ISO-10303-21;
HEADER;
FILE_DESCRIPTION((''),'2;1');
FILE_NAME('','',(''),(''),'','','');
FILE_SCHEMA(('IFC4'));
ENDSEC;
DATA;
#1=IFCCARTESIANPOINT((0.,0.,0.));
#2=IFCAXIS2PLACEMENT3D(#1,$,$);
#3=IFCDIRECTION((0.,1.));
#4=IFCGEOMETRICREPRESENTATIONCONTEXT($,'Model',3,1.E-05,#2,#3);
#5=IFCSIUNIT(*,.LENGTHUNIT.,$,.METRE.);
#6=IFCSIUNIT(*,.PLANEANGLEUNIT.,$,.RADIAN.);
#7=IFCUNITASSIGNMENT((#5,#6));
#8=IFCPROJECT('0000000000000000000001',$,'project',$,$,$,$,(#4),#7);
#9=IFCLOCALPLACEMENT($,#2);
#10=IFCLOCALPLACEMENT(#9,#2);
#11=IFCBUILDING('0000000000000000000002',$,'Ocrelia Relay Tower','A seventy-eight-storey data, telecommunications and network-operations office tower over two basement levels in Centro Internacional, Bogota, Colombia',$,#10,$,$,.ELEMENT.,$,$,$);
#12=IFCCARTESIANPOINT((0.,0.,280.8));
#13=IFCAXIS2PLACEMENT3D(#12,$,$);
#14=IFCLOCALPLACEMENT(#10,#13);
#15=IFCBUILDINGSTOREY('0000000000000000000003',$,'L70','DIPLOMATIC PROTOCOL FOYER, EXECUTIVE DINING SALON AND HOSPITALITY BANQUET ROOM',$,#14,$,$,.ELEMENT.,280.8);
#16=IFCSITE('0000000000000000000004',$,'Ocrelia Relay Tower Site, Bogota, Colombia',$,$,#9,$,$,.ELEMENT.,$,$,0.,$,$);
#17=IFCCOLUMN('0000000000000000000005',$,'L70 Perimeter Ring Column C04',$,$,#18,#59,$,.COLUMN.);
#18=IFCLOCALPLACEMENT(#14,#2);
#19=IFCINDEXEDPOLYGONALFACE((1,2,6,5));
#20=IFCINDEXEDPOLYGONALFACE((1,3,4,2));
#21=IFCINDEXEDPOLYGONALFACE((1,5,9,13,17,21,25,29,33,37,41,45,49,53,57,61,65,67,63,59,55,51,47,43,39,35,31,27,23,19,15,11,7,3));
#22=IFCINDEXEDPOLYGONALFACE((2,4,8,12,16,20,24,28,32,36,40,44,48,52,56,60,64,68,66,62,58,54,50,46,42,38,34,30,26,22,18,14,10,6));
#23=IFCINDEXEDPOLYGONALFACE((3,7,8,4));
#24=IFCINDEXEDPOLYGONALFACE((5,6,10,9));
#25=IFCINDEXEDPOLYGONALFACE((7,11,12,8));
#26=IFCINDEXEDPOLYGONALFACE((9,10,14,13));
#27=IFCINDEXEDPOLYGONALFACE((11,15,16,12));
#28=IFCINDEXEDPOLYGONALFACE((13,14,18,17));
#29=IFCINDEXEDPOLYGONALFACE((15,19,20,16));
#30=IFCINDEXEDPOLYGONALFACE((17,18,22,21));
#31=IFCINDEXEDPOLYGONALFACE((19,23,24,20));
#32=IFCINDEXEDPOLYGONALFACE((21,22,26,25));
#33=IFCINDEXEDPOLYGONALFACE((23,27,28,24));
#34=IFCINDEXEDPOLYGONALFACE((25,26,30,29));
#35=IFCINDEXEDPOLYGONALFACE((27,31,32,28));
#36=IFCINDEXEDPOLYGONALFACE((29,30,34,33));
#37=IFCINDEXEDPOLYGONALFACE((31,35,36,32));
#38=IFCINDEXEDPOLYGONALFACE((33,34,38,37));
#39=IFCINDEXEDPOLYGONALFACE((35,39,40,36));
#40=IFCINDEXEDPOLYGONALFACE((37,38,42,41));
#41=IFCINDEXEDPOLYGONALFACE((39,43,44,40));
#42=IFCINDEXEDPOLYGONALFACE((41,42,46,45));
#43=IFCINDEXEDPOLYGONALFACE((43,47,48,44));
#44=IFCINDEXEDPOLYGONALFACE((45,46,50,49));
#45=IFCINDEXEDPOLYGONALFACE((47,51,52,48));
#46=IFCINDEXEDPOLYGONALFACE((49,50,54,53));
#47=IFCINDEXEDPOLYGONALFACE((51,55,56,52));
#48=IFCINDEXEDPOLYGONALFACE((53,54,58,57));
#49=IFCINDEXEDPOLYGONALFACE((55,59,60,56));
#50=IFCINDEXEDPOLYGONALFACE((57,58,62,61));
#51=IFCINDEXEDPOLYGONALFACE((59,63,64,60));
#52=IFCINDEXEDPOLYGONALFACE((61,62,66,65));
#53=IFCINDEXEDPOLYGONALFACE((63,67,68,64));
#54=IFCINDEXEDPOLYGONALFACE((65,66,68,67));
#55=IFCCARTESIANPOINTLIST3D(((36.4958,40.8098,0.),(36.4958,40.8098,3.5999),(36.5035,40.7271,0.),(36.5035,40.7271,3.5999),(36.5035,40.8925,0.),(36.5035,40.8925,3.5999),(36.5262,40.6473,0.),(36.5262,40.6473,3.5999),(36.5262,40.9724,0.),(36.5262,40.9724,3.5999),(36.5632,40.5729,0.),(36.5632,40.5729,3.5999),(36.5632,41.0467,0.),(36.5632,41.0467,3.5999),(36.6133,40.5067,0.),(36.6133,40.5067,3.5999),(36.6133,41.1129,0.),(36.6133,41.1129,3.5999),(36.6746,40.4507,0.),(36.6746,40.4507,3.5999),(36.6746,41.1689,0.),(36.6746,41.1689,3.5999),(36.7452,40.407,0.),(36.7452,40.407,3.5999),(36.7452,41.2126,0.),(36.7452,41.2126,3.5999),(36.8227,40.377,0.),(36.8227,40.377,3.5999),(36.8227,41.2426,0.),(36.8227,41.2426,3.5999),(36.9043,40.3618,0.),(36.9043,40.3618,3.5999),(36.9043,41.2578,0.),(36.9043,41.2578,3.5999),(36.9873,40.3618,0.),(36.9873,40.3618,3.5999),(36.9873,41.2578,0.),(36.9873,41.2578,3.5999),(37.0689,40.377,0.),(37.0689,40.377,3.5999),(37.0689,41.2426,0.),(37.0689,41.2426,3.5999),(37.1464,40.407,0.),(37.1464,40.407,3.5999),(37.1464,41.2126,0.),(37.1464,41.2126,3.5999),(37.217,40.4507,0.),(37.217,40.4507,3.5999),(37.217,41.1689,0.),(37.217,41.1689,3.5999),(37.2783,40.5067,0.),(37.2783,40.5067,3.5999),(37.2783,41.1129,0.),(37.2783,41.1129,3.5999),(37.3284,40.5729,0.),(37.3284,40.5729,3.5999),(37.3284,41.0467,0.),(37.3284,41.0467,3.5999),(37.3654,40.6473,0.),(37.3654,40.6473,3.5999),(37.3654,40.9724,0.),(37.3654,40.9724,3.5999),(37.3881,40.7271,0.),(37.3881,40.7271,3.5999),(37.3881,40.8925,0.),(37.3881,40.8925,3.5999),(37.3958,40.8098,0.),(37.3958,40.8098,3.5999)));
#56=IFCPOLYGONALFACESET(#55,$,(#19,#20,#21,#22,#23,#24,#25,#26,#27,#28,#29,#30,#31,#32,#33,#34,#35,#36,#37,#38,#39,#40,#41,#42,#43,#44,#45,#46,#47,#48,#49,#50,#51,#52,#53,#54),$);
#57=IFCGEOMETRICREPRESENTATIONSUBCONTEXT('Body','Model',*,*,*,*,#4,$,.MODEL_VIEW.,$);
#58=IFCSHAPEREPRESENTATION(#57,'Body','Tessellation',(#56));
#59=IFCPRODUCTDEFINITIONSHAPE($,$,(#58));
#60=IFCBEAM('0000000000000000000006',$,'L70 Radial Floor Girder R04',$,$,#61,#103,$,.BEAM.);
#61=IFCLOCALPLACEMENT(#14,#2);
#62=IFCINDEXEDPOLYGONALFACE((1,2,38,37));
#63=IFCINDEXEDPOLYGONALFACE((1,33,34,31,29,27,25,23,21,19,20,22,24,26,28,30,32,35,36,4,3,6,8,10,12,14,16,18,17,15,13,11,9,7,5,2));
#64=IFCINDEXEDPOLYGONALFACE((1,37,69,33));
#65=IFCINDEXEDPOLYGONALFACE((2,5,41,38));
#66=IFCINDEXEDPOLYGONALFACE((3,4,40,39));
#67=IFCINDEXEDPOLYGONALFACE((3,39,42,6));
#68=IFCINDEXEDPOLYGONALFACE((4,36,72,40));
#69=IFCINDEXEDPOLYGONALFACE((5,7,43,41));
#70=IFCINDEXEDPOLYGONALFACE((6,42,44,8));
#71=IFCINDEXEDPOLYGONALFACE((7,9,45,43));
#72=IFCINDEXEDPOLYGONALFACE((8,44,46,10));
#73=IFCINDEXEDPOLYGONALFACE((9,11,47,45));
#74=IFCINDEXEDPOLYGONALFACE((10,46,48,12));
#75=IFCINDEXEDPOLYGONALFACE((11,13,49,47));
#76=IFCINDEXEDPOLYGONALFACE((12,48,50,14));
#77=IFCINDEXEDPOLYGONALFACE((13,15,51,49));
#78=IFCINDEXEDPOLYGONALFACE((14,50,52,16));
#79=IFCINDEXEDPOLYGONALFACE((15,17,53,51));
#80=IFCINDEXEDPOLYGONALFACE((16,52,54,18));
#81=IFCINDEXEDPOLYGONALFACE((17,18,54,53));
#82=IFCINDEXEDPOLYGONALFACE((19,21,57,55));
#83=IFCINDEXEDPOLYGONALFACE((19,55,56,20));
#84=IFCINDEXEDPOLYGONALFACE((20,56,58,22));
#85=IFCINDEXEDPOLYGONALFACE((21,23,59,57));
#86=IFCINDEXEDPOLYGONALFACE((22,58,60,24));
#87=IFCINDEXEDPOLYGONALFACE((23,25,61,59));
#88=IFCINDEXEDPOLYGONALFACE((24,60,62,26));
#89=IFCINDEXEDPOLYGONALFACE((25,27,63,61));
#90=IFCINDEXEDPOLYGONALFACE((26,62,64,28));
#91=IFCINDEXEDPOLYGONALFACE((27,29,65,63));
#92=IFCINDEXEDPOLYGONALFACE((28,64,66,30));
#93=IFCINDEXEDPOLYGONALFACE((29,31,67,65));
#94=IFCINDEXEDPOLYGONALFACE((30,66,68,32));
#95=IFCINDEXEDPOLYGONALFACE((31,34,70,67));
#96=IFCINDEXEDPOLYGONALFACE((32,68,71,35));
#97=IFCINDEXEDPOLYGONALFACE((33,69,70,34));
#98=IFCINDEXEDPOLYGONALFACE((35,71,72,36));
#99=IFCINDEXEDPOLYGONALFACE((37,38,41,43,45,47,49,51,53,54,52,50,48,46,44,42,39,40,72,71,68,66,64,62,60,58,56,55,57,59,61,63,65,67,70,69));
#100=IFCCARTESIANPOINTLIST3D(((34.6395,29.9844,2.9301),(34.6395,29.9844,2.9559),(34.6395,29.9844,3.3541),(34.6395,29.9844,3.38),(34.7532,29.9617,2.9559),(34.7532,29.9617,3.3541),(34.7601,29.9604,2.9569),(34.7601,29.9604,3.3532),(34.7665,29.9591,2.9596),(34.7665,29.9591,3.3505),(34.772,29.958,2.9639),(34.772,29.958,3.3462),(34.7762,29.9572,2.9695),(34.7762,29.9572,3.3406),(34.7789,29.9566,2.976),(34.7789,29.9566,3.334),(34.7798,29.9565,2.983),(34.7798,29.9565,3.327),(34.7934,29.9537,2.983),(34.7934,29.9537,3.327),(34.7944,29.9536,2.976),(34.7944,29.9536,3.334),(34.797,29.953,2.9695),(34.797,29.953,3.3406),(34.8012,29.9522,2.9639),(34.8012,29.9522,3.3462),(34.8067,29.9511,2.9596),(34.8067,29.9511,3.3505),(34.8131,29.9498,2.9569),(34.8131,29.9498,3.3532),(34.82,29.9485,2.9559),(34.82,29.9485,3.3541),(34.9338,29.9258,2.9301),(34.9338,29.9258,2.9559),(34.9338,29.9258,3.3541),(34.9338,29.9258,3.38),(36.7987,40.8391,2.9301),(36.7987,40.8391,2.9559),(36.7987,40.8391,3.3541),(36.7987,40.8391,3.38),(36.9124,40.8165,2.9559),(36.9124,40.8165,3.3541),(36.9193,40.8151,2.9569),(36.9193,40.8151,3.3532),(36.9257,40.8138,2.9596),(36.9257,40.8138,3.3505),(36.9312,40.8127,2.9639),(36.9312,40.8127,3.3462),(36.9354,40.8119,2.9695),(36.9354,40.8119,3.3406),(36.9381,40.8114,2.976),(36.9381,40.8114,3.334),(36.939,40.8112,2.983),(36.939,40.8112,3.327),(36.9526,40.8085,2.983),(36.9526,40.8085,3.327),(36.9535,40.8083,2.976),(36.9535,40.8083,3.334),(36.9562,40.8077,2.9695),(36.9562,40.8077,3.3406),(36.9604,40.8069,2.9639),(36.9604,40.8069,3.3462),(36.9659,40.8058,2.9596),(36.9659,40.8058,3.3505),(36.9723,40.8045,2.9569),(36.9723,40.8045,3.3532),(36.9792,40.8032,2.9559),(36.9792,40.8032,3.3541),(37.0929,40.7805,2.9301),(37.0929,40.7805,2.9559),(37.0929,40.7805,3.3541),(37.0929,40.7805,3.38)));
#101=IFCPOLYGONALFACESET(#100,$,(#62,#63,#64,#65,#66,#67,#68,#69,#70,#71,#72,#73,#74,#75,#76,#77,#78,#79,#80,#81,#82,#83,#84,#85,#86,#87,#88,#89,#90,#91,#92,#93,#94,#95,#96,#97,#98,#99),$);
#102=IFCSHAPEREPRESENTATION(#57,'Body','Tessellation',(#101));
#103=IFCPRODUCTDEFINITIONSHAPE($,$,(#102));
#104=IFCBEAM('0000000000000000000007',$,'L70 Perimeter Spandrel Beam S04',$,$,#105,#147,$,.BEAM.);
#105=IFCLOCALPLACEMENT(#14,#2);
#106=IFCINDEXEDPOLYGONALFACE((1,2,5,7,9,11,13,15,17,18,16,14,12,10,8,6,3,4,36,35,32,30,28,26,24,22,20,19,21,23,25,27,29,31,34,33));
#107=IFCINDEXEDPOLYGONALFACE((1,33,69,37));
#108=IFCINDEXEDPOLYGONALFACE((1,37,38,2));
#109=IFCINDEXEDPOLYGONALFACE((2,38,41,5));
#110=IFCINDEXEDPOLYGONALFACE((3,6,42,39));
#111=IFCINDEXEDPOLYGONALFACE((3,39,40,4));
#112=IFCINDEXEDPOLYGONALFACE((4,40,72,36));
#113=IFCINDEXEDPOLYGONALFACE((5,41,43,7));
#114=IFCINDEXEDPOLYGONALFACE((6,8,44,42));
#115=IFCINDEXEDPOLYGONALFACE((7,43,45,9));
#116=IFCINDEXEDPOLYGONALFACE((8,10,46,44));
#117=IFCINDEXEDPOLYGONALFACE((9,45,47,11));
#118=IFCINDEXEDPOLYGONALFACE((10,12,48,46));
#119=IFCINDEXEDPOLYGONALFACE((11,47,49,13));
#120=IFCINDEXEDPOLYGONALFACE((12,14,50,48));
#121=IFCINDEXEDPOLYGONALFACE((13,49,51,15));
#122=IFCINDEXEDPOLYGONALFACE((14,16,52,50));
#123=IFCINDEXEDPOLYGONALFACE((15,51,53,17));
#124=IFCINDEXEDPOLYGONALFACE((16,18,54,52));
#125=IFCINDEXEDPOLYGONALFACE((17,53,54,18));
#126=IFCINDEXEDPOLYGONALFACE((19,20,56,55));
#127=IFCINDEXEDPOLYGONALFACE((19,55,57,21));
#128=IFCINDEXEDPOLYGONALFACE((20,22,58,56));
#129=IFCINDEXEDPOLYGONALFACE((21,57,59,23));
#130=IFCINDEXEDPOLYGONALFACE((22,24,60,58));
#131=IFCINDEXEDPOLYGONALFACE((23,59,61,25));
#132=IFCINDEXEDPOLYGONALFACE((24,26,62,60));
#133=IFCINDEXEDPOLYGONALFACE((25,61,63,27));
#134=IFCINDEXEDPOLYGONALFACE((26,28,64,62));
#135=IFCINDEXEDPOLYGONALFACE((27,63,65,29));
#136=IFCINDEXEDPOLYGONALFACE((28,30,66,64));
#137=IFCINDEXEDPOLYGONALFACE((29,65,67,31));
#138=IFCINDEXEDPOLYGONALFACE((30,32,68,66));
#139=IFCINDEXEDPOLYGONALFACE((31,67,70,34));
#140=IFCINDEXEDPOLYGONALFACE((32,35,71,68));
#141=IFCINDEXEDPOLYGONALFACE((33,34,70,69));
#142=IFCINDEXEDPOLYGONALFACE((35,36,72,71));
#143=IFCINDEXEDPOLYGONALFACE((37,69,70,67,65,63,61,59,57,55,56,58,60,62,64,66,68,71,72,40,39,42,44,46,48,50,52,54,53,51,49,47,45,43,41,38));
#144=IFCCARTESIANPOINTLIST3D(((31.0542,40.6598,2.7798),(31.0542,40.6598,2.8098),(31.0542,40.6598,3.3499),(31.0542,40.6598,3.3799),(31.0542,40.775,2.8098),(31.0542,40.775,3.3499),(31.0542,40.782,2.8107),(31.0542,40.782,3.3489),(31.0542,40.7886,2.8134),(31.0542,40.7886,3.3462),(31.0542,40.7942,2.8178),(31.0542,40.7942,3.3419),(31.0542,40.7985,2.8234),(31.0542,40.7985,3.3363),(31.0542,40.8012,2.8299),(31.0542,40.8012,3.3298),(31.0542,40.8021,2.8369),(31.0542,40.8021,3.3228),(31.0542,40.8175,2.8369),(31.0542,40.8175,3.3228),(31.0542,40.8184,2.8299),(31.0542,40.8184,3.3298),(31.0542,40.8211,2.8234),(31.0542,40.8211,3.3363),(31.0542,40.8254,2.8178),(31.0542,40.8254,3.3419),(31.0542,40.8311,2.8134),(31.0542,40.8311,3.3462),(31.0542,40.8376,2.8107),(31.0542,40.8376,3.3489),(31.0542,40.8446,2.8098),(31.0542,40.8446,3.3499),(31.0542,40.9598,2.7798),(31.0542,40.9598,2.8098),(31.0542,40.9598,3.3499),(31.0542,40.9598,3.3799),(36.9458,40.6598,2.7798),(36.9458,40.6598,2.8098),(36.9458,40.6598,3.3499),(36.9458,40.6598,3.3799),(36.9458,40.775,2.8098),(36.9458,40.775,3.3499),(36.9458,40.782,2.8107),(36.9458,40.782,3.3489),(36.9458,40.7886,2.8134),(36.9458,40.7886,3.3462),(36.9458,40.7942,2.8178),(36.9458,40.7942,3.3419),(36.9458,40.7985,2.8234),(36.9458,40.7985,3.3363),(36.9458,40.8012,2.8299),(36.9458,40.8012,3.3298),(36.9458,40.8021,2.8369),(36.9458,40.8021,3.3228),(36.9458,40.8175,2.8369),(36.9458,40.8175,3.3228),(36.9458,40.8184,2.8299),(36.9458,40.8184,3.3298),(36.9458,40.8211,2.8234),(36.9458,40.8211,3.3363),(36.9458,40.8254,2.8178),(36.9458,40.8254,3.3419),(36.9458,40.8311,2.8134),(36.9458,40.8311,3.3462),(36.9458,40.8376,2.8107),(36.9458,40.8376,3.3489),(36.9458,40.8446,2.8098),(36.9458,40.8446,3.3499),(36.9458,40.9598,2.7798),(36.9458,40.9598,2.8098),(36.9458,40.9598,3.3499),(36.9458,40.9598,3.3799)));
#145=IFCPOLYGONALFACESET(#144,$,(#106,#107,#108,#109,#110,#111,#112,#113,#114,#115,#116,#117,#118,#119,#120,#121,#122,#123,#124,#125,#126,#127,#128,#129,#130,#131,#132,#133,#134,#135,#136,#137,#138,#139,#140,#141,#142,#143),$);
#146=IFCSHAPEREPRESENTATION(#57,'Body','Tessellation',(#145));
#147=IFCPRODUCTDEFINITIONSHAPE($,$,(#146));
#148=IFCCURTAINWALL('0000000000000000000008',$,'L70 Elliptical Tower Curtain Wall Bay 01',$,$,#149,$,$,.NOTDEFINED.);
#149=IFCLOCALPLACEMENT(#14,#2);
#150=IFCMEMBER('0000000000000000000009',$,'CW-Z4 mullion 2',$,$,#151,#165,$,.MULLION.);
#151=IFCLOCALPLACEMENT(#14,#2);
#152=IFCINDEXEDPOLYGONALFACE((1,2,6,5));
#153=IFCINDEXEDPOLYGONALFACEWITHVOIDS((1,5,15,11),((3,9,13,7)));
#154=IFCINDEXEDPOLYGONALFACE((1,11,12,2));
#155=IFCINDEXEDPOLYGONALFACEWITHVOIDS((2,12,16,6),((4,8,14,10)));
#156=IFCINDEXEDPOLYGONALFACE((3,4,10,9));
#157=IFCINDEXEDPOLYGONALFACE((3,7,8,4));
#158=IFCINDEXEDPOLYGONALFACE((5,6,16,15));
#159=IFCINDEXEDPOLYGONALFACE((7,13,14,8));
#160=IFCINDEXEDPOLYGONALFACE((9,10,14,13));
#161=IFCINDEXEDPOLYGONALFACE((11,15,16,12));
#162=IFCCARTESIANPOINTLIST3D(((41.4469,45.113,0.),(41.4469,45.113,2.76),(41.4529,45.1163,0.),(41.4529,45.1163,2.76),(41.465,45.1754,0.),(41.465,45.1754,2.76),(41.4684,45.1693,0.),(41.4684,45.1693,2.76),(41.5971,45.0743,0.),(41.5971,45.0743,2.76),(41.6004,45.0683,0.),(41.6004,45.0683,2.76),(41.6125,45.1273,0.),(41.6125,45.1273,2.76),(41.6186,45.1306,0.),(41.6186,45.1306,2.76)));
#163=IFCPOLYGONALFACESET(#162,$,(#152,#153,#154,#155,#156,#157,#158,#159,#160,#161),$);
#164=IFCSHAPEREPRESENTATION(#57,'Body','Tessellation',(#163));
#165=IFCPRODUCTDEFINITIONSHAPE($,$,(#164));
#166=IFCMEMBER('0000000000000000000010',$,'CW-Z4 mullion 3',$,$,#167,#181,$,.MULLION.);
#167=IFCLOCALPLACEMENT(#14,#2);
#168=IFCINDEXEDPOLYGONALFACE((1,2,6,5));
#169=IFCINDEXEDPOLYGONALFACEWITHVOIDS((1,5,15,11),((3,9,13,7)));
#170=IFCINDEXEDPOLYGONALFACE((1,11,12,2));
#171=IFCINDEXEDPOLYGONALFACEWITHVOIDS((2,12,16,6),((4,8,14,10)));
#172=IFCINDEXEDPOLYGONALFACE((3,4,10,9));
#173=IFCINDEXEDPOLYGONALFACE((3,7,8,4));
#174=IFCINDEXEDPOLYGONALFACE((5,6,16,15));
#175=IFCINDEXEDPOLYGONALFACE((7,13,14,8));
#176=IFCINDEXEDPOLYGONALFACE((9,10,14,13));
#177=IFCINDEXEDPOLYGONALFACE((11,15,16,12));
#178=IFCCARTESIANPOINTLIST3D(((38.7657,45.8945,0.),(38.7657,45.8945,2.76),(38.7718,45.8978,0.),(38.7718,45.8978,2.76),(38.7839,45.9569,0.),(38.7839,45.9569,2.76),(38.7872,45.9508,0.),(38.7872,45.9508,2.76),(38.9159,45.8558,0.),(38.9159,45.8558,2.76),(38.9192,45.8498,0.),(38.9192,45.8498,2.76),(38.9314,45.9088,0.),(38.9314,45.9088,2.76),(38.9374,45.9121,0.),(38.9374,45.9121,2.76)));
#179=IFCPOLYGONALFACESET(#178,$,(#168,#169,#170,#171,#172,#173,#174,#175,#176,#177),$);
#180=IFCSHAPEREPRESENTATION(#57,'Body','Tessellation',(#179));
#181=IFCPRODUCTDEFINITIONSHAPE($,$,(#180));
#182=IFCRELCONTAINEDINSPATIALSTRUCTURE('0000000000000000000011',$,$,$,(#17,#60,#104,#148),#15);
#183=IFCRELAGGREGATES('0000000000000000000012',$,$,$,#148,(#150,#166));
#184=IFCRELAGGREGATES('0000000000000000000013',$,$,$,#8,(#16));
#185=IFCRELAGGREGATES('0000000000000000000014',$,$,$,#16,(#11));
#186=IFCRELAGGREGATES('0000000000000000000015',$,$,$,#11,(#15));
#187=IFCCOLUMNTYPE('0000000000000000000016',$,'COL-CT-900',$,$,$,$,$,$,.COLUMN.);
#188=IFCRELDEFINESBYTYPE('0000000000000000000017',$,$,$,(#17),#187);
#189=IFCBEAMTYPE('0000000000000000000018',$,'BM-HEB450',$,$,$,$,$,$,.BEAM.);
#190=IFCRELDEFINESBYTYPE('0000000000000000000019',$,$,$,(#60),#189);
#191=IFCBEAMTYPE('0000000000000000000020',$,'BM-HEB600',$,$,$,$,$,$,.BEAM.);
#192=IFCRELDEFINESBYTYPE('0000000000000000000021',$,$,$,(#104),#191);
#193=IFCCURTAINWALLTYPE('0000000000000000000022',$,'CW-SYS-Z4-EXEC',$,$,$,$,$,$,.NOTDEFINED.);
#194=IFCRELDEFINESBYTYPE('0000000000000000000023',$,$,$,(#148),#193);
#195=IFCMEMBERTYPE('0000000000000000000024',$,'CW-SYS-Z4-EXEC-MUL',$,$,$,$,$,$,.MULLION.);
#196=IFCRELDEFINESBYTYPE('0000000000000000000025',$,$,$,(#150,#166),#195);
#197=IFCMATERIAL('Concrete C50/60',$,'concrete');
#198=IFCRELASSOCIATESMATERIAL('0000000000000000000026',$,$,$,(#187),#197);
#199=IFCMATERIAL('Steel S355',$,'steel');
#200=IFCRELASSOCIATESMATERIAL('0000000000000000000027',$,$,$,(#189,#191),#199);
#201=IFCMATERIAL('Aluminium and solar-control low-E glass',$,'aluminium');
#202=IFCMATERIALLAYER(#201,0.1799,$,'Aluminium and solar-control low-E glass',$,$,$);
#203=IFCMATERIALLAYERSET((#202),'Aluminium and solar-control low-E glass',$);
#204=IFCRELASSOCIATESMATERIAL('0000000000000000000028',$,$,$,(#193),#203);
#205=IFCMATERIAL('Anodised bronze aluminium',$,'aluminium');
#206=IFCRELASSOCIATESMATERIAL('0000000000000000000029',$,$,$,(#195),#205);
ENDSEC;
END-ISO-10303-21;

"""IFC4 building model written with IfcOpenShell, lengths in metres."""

from ifc_helpers import new_model, si_unit, direction, frame, origin, origin_2d, place, context, subcontext, project, spatial, hollow_rectangle, circle, i_section, extrude, material, layer, layer_set, material_profile, profile_set, type_object, element, aggregate, save


model = new_model("IFC4")

# Units and contexts
model_context = context("Model", 3, precision=1e-05, world=origin(), true_north=direction((0.0, 1.0)))
body_context = subcontext(model_context, "Body", "Model", "MODEL_VIEW")
ifc_project = project(units=[si_unit("LENGTHUNIT", "METRE"), si_unit("PLANEANGLEUNIT", "RADIAN")], contexts=[model_context])

# Site, building, storey
site_placement = place(None, origin())
site = spatial("IfcSite", under=ifc_project, at=site_placement, Name="Ocrelia Relay Tower Site, Bogota, Colombia", CompositionType="ELEMENT", RefElevation=0.0)
building_placement = place(site_placement, origin())
building = spatial("IfcBuilding", under=site, at=building_placement, Name="Ocrelia Relay Tower", Description="A seventy-eight-storey data, telecommunications and network-operations office tower over two basement levels in Centro Internacional, Bogota, Colombia", CompositionType="ELEMENT")
storey_placement = place(building_placement, frame((0.0, 0.0, 280.8)))
storey = spatial("IfcBuildingStorey", under=building, at=storey_placement, Name="L70", Description="DIPLOMATIC PROTOCOL FOYER, EXECUTIVE DINING SALON AND HOSPITALITY BANQUET ROOM", CompositionType="ELEMENT", Elevation=280.8)

# Column
ifc_material_1 = material(Name="Concrete C50/60", Category="concrete")
ifc_material_profile_1 = material_profile(ifc_material_1, circle(Radius=0.45, at=origin_2d()), Name="RC-CIR-900")
ifc_profile_set_1 = profile_set([ifc_material_profile_1], Name="Concrete C50/60")
column_type = type_object("IfcColumnType", Name="COL-CT-900", PredefinedType="COLUMN", material=ifc_profile_set_1)
column_placement = place(storey_placement, frame((36.9458, 40.8098, 0.0), z_axis=(0.0, 0.0, 1.0), x_axis=(1.0, 0.0, 0.0)))
element("IfcColumn", 1, at=column_placement, inside=storey, type_object=column_type, Name="L70 Perimeter Ring Column C04", PredefinedType="COLUMN", context=body_context, shape_type="SweptSolid", body=[
    extrude(circle(Radius=0.45, at=origin_2d()), origin(), (0.0, 0.0, 1.0), 3.5999),
])

# Beams
ifc_material_2 = material(Name="Steel S355", Category="steel")
ifc_material_profile_2 = material_profile(ifc_material_2, i_section(OverallWidth=0.3, OverallDepth=0.45, WebThickness=0.0139, FlangeThickness=0.0259, FilletRadius=0.0271, at=origin_2d()), Name="HEB 450")
ifc_profile_set_2 = profile_set([ifc_material_profile_2], Name="Steel S355")
beam_type_1 = type_object("IfcBeamType", Name="BM-HEB450", PredefinedType="BEAM", material=ifc_profile_set_2)
beam_1_placement = place(storey_placement, frame((36.9458, 40.8098, 3.155), z_axis=(-0.195094, -0.980785, 0.0), x_axis=(0.980785, -0.195094, 0.0)))
element("IfcBeam", 2, at=beam_1_placement, inside=storey, type_object=beam_type_1, Name="L70 Radial Floor Girder R04", PredefinedType="BEAM", context=body_context, shape_type="SweptSolid", body=[
    extrude(i_section(OverallWidth=0.3, OverallDepth=0.45, WebThickness=0.0139, FlangeThickness=0.0259, FilletRadius=0.0271, at=origin_2d()), origin(), (0.0, 0.0, 1.0), 11.0674),
])
ifc_material_profile_3 = material_profile(ifc_material_2, i_section(OverallWidth=0.3, OverallDepth=0.6001, WebThickness=0.0154, FlangeThickness=0.03, FilletRadius=0.0271, at=origin_2d()), Name="HEB 600")
ifc_profile_set_3 = profile_set([ifc_material_profile_3], Name="Steel S355")
beam_type_2 = type_object("IfcBeamType", Name="BM-HEB600", PredefinedType="BEAM", material=ifc_profile_set_3)
beam_2_placement = place(storey_placement, frame((36.9458, 40.8098, 3.0798), z_axis=(-1.0, 0.0, 0.0), x_axis=(0.0, -1.0, 0.0)))
element("IfcBeam", 3, at=beam_2_placement, inside=storey, type_object=beam_type_2, Name="L70 Perimeter Spandrel Beam S04", PredefinedType="BEAM", context=body_context, shape_type="SweptSolid", body=[
    extrude(i_section(OverallWidth=0.3, OverallDepth=0.6001, WebThickness=0.0154, FlangeThickness=0.03, FilletRadius=0.0271, at=origin_2d()), origin(), (0.0, 0.0, 1.0), 5.8916),
])

# Curtain wall, members
ifc_material_3 = material(Name="Aluminium and solar-control low-E glass", Category="aluminium")
ifc_layer_1 = layer(ifc_material_3, 0.1799, Name="Aluminium and solar-control low-E glass")
ifc_layer_set_1 = layer_set([ifc_layer_1], Name="Aluminium and solar-control low-E glass")
curtain_wall_type = type_object("IfcCurtainWallType", Name="CW-SYS-Z4-EXEC", PredefinedType="NOTDEFINED", material=ifc_layer_set_1)
curtain_wall_placement = place(storey_placement, origin())
curtain_wall = element("IfcCurtainWall", 4, at=curtain_wall_placement, inside=storey, type_object=curtain_wall_type, Name="L70 Elliptical Tower Curtain Wall Bay 01", PredefinedType="NOTDEFINED")
ifc_material_4 = material(Name="Anodised bronze aluminium", Category="aluminium")
ifc_material_profile_4 = material_profile(ifc_material_4, hollow_rectangle(XDim=0.0649, YDim=0.1599, WallThickness=0.0049, at=origin_2d()), Name="CW-MUL-160x65")
ifc_profile_set_4 = profile_set([ifc_material_profile_4], Name="Anodised bronze aluminium")
member_type_1 = type_object("IfcMemberType", Name="CW-SYS-Z4-EXEC-MUL", PredefinedType="MULLION", material=ifc_profile_set_4)
member_1_placement = place(storey_placement, frame((41.5327, 45.1218, 0.0), z_axis=(0.0, 0.0, 1.0), x_axis=(-0.279787, -0.960062, 0.0)))
member_1 = element("IfcMember", 5, at=member_1_placement, type_object=member_type_1, Name="CW-Z4 mullion 2", PredefinedType="MULLION", context=body_context, shape_type="SweptSolid", body=[
    extrude(hollow_rectangle(XDim=0.0649, YDim=0.1599, WallThickness=0.0049, at=origin_2d()), origin(), (0.0, 0.0, 1.0), 2.76),
])
member_2_placement = place(storey_placement, frame((38.8516, 45.9033, 0.0), z_axis=(0.0, 0.0, 1.0), x_axis=(-0.279787, -0.960062, 0.0)))
member_2 = element("IfcMember", 6, at=member_2_placement, type_object=member_type_1, Name="CW-Z4 mullion 3", PredefinedType="MULLION", context=body_context, shape_type="SweptSolid", body=[
    extrude(hollow_rectangle(XDim=0.0649, YDim=0.1599, WallThickness=0.0049, at=origin_2d()), origin(), (0.0, 0.0, 1.0), 2.76),
])
aggregate(curtain_wall, [member_1, member_2])

save(model, "model.ifc")
